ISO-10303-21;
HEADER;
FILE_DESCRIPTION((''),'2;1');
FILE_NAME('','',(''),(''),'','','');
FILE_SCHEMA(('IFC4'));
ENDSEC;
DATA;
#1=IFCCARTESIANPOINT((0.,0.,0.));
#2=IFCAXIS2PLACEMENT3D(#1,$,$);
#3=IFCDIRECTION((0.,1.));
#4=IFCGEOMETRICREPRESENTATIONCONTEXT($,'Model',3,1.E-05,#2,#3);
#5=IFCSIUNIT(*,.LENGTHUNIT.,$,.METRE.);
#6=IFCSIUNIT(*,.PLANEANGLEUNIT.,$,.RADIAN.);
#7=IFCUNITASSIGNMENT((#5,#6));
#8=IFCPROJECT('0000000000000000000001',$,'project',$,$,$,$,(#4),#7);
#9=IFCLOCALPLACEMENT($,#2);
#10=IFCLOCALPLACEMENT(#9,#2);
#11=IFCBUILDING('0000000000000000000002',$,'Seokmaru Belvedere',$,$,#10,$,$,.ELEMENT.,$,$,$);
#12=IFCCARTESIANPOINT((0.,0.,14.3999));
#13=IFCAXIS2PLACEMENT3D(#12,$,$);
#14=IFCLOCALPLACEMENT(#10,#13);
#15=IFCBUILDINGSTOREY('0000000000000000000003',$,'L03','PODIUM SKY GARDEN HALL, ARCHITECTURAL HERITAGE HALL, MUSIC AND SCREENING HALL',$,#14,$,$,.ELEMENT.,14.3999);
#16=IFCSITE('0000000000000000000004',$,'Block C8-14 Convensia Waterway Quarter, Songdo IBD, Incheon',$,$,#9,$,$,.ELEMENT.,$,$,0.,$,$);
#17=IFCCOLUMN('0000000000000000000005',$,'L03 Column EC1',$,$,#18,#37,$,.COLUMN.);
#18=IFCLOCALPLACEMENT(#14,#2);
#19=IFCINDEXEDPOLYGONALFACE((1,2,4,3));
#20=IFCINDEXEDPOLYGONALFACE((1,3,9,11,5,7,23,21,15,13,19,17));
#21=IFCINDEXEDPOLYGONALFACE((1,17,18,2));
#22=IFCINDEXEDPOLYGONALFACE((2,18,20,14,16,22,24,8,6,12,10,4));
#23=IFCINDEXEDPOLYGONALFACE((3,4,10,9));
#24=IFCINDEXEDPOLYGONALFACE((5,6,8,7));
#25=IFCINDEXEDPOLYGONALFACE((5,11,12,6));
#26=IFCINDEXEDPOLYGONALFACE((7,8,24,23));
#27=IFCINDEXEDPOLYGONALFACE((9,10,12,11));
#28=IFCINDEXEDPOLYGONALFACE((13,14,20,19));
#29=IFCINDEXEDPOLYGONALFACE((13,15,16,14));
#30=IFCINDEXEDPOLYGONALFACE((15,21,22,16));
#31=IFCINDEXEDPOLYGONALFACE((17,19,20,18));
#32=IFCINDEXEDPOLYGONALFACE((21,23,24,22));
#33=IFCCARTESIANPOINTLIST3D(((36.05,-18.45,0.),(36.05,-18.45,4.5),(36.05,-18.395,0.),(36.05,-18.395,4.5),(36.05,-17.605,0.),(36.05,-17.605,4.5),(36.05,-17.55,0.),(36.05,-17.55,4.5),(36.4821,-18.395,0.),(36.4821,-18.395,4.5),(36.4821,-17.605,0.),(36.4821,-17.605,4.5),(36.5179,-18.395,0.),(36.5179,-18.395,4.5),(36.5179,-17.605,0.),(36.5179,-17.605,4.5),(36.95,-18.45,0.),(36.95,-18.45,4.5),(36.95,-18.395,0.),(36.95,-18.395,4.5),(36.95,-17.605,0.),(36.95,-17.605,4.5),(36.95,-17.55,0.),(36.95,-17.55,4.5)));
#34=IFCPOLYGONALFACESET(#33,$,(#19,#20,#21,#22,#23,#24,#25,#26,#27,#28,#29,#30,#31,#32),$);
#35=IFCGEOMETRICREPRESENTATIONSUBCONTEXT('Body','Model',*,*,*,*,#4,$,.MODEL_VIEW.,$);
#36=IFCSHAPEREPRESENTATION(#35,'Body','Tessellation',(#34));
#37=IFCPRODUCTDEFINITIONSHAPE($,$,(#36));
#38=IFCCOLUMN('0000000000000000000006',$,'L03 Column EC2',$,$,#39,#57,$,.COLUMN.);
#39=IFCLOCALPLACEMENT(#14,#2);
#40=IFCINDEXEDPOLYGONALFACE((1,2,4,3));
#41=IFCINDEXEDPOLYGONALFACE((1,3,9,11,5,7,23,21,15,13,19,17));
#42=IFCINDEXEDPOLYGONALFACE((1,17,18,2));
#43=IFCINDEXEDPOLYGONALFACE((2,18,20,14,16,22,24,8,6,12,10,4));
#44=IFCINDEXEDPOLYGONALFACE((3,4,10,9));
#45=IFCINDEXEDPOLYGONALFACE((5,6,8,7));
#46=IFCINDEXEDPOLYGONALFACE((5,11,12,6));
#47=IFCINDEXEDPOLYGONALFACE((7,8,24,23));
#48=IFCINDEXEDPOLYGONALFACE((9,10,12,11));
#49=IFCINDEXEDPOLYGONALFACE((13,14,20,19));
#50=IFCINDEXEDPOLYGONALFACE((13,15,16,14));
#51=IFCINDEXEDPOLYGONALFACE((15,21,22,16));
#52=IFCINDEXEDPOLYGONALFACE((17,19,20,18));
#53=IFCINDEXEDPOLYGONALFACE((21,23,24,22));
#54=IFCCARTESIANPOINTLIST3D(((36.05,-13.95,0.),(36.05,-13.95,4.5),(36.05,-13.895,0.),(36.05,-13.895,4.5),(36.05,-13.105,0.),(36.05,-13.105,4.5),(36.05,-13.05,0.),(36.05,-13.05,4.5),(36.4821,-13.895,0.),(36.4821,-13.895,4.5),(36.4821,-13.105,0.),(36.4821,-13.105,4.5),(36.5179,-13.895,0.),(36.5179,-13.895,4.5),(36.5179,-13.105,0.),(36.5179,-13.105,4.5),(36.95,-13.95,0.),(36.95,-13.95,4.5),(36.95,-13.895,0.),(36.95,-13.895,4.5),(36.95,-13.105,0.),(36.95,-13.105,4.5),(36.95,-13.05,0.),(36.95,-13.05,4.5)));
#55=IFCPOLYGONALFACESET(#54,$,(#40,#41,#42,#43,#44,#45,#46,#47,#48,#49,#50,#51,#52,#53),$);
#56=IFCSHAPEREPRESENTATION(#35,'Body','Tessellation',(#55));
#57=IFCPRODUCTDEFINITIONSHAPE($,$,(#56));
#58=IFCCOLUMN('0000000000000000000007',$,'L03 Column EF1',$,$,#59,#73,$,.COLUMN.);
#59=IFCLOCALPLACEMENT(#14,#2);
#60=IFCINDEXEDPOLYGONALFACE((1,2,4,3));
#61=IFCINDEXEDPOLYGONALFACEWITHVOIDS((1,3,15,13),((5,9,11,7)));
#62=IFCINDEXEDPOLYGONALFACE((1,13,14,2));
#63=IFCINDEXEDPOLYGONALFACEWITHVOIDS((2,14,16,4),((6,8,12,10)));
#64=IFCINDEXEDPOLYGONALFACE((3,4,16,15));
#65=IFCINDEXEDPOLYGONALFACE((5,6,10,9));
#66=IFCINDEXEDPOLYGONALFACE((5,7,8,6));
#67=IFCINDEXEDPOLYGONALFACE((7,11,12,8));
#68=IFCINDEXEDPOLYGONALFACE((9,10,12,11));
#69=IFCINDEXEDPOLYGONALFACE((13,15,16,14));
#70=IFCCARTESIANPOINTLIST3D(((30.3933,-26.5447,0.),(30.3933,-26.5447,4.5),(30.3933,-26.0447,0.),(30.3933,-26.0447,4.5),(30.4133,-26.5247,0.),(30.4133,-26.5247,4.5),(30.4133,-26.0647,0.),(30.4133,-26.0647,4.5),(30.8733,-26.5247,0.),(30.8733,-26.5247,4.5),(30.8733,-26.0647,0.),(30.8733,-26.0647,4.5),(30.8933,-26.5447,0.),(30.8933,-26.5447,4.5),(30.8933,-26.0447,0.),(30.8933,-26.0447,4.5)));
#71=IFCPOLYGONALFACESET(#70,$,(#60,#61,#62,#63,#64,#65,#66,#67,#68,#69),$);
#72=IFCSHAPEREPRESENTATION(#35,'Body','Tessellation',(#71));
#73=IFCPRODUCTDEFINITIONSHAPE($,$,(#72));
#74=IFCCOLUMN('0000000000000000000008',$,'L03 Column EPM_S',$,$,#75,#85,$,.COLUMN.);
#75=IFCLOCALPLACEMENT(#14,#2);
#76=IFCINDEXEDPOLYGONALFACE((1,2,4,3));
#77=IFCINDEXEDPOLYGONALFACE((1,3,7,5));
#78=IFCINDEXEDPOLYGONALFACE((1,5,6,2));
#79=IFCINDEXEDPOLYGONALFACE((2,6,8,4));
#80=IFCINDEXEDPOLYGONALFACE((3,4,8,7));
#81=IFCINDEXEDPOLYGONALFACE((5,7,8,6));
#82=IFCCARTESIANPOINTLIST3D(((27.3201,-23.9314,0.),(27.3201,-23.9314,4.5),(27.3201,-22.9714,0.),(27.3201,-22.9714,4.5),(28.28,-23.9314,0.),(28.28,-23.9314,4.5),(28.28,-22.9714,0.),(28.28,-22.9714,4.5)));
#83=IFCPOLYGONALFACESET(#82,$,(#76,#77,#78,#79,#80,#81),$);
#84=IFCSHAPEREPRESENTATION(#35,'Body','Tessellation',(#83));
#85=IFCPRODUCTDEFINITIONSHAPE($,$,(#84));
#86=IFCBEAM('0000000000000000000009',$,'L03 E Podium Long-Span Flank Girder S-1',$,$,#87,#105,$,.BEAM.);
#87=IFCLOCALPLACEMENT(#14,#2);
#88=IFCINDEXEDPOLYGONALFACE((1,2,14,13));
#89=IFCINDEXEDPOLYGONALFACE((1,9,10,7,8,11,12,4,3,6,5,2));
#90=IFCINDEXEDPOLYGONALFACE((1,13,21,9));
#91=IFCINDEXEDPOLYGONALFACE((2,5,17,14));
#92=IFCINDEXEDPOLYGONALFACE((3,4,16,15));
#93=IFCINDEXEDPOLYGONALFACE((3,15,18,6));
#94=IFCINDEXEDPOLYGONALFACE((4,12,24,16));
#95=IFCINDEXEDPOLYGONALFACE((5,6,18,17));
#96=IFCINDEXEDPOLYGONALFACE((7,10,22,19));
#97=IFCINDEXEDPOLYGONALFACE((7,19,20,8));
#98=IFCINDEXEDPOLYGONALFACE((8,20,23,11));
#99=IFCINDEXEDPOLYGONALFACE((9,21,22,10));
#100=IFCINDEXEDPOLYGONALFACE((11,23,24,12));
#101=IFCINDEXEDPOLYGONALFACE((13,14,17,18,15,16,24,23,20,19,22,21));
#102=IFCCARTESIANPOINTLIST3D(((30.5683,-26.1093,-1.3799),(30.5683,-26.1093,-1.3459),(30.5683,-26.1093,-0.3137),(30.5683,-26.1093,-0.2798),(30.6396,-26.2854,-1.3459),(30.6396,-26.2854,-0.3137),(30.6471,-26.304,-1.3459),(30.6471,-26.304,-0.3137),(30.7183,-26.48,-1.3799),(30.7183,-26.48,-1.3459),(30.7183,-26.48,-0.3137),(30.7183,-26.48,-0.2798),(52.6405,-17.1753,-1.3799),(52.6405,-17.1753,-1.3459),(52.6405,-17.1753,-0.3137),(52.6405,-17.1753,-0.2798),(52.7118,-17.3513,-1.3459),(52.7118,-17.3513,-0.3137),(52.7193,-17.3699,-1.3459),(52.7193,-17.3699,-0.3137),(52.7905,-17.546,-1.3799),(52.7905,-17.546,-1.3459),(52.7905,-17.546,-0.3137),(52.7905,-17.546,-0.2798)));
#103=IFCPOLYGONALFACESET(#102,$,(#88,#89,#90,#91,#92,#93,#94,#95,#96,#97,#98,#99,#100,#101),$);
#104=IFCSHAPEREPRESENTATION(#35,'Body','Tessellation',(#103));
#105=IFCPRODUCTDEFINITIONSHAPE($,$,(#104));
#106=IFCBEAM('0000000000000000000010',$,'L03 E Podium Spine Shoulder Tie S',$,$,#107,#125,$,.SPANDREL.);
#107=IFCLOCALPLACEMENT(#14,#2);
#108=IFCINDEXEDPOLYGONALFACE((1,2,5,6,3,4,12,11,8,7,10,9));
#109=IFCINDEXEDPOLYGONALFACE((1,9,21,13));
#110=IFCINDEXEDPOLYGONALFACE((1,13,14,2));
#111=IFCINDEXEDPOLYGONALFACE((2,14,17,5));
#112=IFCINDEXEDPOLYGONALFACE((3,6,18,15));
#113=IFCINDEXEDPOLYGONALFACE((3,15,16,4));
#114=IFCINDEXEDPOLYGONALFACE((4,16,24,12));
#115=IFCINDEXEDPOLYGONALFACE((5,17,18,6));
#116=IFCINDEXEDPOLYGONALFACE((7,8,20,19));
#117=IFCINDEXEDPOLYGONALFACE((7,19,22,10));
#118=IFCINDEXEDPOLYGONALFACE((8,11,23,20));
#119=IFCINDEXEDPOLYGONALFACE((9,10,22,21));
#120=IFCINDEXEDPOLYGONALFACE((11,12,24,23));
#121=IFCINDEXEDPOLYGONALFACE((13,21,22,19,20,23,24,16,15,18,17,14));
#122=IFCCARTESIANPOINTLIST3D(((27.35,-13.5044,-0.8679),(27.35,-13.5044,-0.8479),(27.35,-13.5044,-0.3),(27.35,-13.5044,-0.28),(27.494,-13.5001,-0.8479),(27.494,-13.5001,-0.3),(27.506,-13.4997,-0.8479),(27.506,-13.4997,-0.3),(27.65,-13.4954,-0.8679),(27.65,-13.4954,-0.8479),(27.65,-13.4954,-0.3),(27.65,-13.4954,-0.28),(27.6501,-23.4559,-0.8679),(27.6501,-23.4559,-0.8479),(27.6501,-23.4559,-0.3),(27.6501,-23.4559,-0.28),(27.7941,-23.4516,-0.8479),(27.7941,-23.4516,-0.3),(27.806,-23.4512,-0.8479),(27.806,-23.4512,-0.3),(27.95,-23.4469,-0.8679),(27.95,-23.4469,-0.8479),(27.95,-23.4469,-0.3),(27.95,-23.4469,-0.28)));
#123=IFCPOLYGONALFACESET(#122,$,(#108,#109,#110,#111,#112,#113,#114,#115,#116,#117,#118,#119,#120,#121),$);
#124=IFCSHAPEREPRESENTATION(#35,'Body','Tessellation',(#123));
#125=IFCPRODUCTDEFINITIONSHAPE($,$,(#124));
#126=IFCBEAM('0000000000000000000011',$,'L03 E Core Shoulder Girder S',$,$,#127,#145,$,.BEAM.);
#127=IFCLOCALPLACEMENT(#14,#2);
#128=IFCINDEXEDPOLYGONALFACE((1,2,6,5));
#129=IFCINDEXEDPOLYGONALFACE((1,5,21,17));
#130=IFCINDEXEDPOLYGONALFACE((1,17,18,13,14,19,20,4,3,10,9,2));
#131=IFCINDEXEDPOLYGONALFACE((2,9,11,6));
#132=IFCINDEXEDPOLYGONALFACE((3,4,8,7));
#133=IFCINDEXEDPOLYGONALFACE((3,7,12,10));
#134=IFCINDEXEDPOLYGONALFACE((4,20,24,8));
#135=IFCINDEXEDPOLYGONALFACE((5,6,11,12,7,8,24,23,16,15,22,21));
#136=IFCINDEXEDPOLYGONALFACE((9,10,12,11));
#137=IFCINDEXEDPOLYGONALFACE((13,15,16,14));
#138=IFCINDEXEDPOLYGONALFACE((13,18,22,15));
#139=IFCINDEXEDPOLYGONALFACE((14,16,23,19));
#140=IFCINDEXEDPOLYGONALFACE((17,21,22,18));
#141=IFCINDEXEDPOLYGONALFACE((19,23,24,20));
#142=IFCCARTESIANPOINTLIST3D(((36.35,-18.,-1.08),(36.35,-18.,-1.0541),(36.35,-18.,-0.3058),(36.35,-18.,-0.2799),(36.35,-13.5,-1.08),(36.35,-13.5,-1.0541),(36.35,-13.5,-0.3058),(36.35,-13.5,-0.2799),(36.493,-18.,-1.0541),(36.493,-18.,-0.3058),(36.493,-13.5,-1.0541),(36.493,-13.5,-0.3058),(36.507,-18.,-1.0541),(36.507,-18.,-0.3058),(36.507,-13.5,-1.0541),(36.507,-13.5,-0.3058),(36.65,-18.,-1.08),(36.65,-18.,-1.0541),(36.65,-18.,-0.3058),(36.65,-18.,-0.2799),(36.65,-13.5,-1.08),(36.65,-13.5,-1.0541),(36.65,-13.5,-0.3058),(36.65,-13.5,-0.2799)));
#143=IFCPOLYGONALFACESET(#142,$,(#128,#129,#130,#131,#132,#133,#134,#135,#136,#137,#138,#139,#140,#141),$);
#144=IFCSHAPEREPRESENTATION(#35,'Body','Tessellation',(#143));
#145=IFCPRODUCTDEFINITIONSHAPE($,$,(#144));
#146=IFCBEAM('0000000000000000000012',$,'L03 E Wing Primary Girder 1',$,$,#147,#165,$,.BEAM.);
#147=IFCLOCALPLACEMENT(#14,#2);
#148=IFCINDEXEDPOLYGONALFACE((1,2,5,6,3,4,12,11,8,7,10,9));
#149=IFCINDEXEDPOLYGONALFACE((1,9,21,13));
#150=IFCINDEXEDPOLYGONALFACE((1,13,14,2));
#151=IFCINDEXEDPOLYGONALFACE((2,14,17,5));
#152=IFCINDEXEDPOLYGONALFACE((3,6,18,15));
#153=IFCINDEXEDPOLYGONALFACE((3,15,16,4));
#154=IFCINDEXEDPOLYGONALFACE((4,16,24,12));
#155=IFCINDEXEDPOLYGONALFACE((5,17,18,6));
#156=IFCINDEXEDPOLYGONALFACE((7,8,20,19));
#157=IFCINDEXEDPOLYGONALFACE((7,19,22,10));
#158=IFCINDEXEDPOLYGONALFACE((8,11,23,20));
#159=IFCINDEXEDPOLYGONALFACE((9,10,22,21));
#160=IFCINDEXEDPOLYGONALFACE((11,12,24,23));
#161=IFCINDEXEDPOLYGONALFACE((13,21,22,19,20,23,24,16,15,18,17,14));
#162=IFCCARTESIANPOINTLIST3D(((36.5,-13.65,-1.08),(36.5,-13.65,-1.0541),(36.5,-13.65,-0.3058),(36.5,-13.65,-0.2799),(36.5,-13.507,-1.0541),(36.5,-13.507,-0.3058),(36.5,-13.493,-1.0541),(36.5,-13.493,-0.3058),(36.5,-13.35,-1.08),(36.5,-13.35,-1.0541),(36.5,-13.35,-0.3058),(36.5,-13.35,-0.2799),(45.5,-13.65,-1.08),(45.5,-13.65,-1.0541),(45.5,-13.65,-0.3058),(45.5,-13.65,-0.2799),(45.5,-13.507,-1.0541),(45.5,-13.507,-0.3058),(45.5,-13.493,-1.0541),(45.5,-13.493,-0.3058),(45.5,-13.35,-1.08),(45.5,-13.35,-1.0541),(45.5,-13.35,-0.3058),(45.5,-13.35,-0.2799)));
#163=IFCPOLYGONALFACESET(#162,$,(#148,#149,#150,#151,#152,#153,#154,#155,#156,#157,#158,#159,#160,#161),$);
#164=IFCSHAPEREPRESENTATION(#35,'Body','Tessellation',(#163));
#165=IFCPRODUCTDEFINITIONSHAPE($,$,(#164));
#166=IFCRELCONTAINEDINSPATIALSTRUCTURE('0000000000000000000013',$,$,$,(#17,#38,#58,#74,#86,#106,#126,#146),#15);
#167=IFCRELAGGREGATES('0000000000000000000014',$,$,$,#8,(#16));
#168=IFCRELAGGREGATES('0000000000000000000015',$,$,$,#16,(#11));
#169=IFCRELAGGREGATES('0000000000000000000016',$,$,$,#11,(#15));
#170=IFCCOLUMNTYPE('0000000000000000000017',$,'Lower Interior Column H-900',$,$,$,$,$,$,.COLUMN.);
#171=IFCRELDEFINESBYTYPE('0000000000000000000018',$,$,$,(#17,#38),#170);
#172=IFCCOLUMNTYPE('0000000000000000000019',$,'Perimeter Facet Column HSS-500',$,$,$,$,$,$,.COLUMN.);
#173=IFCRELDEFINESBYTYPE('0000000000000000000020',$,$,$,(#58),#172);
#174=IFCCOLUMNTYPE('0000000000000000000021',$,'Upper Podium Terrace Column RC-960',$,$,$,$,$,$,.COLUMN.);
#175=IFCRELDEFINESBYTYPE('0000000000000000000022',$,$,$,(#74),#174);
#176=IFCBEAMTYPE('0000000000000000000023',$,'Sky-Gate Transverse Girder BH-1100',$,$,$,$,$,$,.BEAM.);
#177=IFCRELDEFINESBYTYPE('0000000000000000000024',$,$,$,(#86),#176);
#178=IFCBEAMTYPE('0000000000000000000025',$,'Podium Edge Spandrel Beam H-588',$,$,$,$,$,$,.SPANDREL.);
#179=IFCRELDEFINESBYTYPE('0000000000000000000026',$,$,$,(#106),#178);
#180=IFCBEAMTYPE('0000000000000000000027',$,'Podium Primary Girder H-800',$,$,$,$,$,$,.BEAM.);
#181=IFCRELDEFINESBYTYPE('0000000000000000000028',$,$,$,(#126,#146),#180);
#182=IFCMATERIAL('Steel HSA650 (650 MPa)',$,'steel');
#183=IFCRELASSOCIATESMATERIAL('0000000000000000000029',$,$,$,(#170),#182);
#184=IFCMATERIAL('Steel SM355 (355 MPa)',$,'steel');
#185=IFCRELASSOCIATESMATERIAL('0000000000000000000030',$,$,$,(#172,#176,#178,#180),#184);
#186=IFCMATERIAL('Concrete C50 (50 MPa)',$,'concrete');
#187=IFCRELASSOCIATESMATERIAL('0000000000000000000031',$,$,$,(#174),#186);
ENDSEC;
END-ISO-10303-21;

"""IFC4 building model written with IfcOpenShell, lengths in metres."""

from ifc_helpers import new_model, si_unit, direction, frame, origin, origin_2d, place, context, subcontext, project, spatial, rectangle, hollow_rectangle, i_section, extrude, source, transform, mapped, material, material_profile, profile_set, type_object, type_shapes, element, save


model = new_model("IFC4")

# Units and contexts
model_context = context("Model", 3, precision=1e-05, world=origin(), true_north=direction((0.0, 1.0)))
body_context = subcontext(model_context, "Body", "Model", "MODEL_VIEW")
ifc_project = project(units=[si_unit("LENGTHUNIT", "METRE"), si_unit("PLANEANGLEUNIT", "RADIAN")], contexts=[model_context])

# Site, building, storey
site_placement = place(None, origin())
site = spatial("IfcSite", under=ifc_project, at=site_placement, Name="Block C8-14 Convensia Waterway Quarter, Songdo IBD, Incheon", CompositionType="ELEMENT", RefElevation=0.0)
building_placement = place(site_placement, origin())
building = spatial("IfcBuilding", under=site, at=building_placement, Name="Seokmaru Belvedere", CompositionType="ELEMENT")
storey_placement = place(building_placement, frame((0.0, 0.0, 14.3999)))
storey = spatial("IfcBuildingStorey", under=building, at=storey_placement, Name="L03", Description="PODIUM SKY GARDEN HALL, ARCHITECTURAL HERITAGE HALL, MUSIC AND SCREENING HALL", CompositionType="ELEMENT", Elevation=14.3999)

# Columns
ifc_material_1 = material(Name="Steel HSA650 (650 MPa)", Category="steel")
ifc_material_profile_1 = material_profile(ifc_material_1, i_section(OverallWidth=0.8999, OverallDepth=0.8999, WebThickness=0.0359, FlangeThickness=0.0549, at=origin_2d()), Name="H-900x900x36x55")
ifc_profile_set_1 = profile_set([ifc_material_profile_1], Name="Steel HSA650 (650 MPa)")
column_type_1 = type_object("IfcColumnType", Name="Lower Interior Column H-900", PredefinedType="COLUMN", material=ifc_profile_set_1)
shared_shape_1 = source(origin(), body_context, "Body", "SweptSolid", [
    extrude(i_section(OverallWidth=0.8999, OverallDepth=0.8999, WebThickness=0.0359, FlangeThickness=0.0549, at=origin_2d()), origin(), (0.0, 0.0, 1.0), 4.5),
])
type_shapes(column_type_1, [shared_shape_1])
for number, where, z_axis, x_axis, name in (
    (1, (36.5, -18.0, 0.0), (0.0, 0.0, 1.0), (1.0, 0.0, 0.0), "L03 Column EC1"),
    (2, (36.5, -13.5, 0.0), (0.0, 0.0, 1.0), (1.0, 0.0, 0.0), "L03 Column EC2"),
):
    element("IfcColumn", number, at=place(storey_placement, frame(where, z_axis=z_axis, x_axis=x_axis)), inside=storey, type_object=column_type_1, Name=name, PredefinedType="COLUMN", context=body_context, shape_type="MappedRepresentation", body=[
        mapped(shared_shape_1, transform((0.0, 0.0, 0.0), scale=1.0)),
    ])
ifc_material_2 = material(Name="Steel SM355 (355 MPa)", Category="steel")
ifc_material_profile_2 = material_profile(ifc_material_2, hollow_rectangle(XDim=0.5, YDim=0.5, WallThickness=0.02, at=origin_2d()), Name="HSS-500x500x20")
ifc_profile_set_2 = profile_set([ifc_material_profile_2], Name="Steel SM355 (355 MPa)")
column_type_2 = type_object("IfcColumnType", Name="Perimeter Facet Column HSS-500", PredefinedType="COLUMN", material=ifc_profile_set_2)
shared_shape_2 = source(origin(), body_context, "Body", "SweptSolid", [
    extrude(hollow_rectangle(XDim=0.5, YDim=0.5, WallThickness=0.02, at=origin_2d()), origin(), (0.0, 0.0, 1.0), 4.5),
])
type_shapes(column_type_2, [shared_shape_2])
column_1_placement = place(storey_placement, frame((30.6433, -26.2947, 0.0), z_axis=(0.0, 0.0, 1.0), x_axis=(1.0, 0.0, 0.0)))
element("IfcColumn", 3, at=column_1_placement, inside=storey, type_object=column_type_2, Name="L03 Column EF1", PredefinedType="COLUMN", context=body_context, shape_type="MappedRepresentation", body=[
    mapped(shared_shape_2, transform((0.0, 0.0, 0.0), scale=1.0)),
])
ifc_material_3 = material(Name="Concrete C50 (50 MPa)", Category="concrete")
ifc_material_profile_3 = material_profile(ifc_material_3, rectangle(XDim=0.96, YDim=0.96, at=origin_2d()), Name="RC-960x960")
ifc_profile_set_3 = profile_set([ifc_material_profile_3], Name="Concrete C50 (50 MPa)")
column_type_3 = type_object("IfcColumnType", Name="Upper Podium Terrace Column RC-960", PredefinedType="COLUMN", material=ifc_profile_set_3)
shared_shape_3 = source(origin(), body_context, "Body", "SweptSolid", [
    extrude(rectangle(XDim=0.96, YDim=0.96, at=origin_2d()), origin(), (0.0, 0.0, 1.0), 4.5),
])
type_shapes(column_type_3, [shared_shape_3])
column_2_placement = place(storey_placement, frame((27.8, -23.4514, 0.0), z_axis=(0.0, 0.0, 1.0), x_axis=(1.0, 0.0, 0.0)))
element("IfcColumn", 4, at=column_2_placement, inside=storey, type_object=column_type_3, Name="L03 Column EPM_S", PredefinedType="COLUMN", context=body_context, shape_type="MappedRepresentation", body=[
    mapped(shared_shape_3, transform((0.0, 0.0, 0.0), scale=1.0)),
])

# Beams
ifc_material_profile_4 = material_profile(ifc_material_2, i_section(OverallWidth=0.3999, OverallDepth=1.1001, WebThickness=0.02, FlangeThickness=0.0339, at=origin_2d()), Name="BH-1100x400x20x34")
ifc_profile_set_4 = profile_set([ifc_material_profile_4], Name="Steel SM355 (355 MPa)")
beam_type_1 = type_object("IfcBeamType", Name="Sky-Gate Transverse Girder BH-1100", PredefinedType="BEAM", material=ifc_profile_set_4)
shared_shape_4 = source(origin(), body_context, "Body", "SweptSolid", [
    extrude(i_section(OverallWidth=0.3999, OverallDepth=1.1001, WebThickness=0.02, FlangeThickness=0.0339, at=origin_2d()), origin(), (0.0, 0.0, 1.0), 23.8118),
])
type_shapes(beam_type_1, [shared_shape_4])
beam_1_placement = place(storey_placement, frame((30.6433, -26.2947, -0.8298), z_axis=(0.926946, 0.375195, 0.0), x_axis=(-0.375195, 0.926946, 0.0)))
element("IfcBeam", 5, at=beam_1_placement, inside=storey, type_object=beam_type_1, Name="L03 E Podium Long-Span Flank Girder S-1", PredefinedType="BEAM", context=body_context, shape_type="MappedRepresentation", body=[
    mapped(shared_shape_4, transform((0.0, 0.0, 0.0), scale=1.0)),
])
ifc_material_profile_5 = material_profile(ifc_material_2, i_section(OverallWidth=0.3, OverallDepth=0.5879, WebThickness=0.012, FlangeThickness=0.02, at=origin_2d()), Name="H-588x300x12x20")
ifc_profile_set_5 = profile_set([ifc_material_profile_5], Name="Steel SM355 (355 MPa)")
beam_type_2 = type_object("IfcBeamType", Name="Podium Edge Spandrel Beam H-588", PredefinedType="SPANDREL", material=ifc_profile_set_5)
shared_shape_5 = source(origin(), body_context, "Body", "SweptSolid", [
    extrude(i_section(OverallWidth=0.3, OverallDepth=0.5879, WebThickness=0.012, FlangeThickness=0.02, at=origin_2d()), origin(), (0.0, 0.0, 1.0), 9.9561),
])
type_shapes(beam_type_2, [shared_shape_5])
beam_2_placement = place(storey_placement, frame((27.8, -23.4514, -0.574), z_axis=(-0.030138, 0.999546, 0.0), x_axis=(-0.999546, -0.030138, 0.0)))
element("IfcBeam", 6, at=beam_2_placement, inside=storey, type_object=beam_type_2, Name="L03 E Podium Spine Shoulder Tie S", PredefinedType="SPANDREL", context=body_context, shape_type="MappedRepresentation", body=[
    mapped(shared_shape_5, transform((0.0, 0.0, 0.0), scale=1.0)),
])
ifc_material_profile_6 = material_profile(ifc_material_2, i_section(OverallWidth=0.3, OverallDepth=0.8, WebThickness=0.0139, FlangeThickness=0.0259, at=origin_2d()), Name="H-800x300x14x26")
ifc_profile_set_6 = profile_set([ifc_material_profile_6], Name="Steel SM355 (355 MPa)")
beam_type_3 = type_object("IfcBeamType", Name="Podium Primary Girder H-800", PredefinedType="BEAM", material=ifc_profile_set_6)
shared_shape_6 = source(origin(), body_context, "Body", "SweptSolid", [
    extrude(i_section(OverallWidth=0.3, OverallDepth=0.8, WebThickness=0.0139, FlangeThickness=0.0259, at=origin_2d()), origin(), (0.0, 0.0, 1.0), 4.5),
])
beam_3_placement = place(storey_placement, frame((36.5, -18.0, -0.6799), z_axis=(0.0, 1.0, 0.0), x_axis=(-1.0, 0.0, 0.0)))
element("IfcBeam", 7, at=beam_3_placement, inside=storey, type_object=beam_type_3, Name="L03 E Core Shoulder Girder S", PredefinedType="BEAM", context=body_context, shape_type="MappedRepresentation", body=[
    mapped(shared_shape_6, transform((0.0, 0.0, 0.0), scale=1.0)),
])
shared_shape_7 = source(origin(), body_context, "Body", "SweptSolid", [
    extrude(i_section(OverallWidth=0.3, OverallDepth=0.8, WebThickness=0.0139, FlangeThickness=0.0259, at=origin_2d()), origin(), (0.0, 0.0, 1.0), 9.0),
])
beam_4_placement = place(storey_placement, frame((36.5, -13.5, -0.6799), z_axis=(1.0, 0.0, 0.0), x_axis=(0.0, 1.0, 0.0)))
element("IfcBeam", 8, at=beam_4_placement, inside=storey, type_object=beam_type_3, Name="L03 E Wing Primary Girder 1", PredefinedType="BEAM", context=body_context, shape_type="MappedRepresentation", body=[
    mapped(shared_shape_7, transform((0.0, 0.0, 0.0), scale=1.0)),
])

save(model, "model.ifc")
